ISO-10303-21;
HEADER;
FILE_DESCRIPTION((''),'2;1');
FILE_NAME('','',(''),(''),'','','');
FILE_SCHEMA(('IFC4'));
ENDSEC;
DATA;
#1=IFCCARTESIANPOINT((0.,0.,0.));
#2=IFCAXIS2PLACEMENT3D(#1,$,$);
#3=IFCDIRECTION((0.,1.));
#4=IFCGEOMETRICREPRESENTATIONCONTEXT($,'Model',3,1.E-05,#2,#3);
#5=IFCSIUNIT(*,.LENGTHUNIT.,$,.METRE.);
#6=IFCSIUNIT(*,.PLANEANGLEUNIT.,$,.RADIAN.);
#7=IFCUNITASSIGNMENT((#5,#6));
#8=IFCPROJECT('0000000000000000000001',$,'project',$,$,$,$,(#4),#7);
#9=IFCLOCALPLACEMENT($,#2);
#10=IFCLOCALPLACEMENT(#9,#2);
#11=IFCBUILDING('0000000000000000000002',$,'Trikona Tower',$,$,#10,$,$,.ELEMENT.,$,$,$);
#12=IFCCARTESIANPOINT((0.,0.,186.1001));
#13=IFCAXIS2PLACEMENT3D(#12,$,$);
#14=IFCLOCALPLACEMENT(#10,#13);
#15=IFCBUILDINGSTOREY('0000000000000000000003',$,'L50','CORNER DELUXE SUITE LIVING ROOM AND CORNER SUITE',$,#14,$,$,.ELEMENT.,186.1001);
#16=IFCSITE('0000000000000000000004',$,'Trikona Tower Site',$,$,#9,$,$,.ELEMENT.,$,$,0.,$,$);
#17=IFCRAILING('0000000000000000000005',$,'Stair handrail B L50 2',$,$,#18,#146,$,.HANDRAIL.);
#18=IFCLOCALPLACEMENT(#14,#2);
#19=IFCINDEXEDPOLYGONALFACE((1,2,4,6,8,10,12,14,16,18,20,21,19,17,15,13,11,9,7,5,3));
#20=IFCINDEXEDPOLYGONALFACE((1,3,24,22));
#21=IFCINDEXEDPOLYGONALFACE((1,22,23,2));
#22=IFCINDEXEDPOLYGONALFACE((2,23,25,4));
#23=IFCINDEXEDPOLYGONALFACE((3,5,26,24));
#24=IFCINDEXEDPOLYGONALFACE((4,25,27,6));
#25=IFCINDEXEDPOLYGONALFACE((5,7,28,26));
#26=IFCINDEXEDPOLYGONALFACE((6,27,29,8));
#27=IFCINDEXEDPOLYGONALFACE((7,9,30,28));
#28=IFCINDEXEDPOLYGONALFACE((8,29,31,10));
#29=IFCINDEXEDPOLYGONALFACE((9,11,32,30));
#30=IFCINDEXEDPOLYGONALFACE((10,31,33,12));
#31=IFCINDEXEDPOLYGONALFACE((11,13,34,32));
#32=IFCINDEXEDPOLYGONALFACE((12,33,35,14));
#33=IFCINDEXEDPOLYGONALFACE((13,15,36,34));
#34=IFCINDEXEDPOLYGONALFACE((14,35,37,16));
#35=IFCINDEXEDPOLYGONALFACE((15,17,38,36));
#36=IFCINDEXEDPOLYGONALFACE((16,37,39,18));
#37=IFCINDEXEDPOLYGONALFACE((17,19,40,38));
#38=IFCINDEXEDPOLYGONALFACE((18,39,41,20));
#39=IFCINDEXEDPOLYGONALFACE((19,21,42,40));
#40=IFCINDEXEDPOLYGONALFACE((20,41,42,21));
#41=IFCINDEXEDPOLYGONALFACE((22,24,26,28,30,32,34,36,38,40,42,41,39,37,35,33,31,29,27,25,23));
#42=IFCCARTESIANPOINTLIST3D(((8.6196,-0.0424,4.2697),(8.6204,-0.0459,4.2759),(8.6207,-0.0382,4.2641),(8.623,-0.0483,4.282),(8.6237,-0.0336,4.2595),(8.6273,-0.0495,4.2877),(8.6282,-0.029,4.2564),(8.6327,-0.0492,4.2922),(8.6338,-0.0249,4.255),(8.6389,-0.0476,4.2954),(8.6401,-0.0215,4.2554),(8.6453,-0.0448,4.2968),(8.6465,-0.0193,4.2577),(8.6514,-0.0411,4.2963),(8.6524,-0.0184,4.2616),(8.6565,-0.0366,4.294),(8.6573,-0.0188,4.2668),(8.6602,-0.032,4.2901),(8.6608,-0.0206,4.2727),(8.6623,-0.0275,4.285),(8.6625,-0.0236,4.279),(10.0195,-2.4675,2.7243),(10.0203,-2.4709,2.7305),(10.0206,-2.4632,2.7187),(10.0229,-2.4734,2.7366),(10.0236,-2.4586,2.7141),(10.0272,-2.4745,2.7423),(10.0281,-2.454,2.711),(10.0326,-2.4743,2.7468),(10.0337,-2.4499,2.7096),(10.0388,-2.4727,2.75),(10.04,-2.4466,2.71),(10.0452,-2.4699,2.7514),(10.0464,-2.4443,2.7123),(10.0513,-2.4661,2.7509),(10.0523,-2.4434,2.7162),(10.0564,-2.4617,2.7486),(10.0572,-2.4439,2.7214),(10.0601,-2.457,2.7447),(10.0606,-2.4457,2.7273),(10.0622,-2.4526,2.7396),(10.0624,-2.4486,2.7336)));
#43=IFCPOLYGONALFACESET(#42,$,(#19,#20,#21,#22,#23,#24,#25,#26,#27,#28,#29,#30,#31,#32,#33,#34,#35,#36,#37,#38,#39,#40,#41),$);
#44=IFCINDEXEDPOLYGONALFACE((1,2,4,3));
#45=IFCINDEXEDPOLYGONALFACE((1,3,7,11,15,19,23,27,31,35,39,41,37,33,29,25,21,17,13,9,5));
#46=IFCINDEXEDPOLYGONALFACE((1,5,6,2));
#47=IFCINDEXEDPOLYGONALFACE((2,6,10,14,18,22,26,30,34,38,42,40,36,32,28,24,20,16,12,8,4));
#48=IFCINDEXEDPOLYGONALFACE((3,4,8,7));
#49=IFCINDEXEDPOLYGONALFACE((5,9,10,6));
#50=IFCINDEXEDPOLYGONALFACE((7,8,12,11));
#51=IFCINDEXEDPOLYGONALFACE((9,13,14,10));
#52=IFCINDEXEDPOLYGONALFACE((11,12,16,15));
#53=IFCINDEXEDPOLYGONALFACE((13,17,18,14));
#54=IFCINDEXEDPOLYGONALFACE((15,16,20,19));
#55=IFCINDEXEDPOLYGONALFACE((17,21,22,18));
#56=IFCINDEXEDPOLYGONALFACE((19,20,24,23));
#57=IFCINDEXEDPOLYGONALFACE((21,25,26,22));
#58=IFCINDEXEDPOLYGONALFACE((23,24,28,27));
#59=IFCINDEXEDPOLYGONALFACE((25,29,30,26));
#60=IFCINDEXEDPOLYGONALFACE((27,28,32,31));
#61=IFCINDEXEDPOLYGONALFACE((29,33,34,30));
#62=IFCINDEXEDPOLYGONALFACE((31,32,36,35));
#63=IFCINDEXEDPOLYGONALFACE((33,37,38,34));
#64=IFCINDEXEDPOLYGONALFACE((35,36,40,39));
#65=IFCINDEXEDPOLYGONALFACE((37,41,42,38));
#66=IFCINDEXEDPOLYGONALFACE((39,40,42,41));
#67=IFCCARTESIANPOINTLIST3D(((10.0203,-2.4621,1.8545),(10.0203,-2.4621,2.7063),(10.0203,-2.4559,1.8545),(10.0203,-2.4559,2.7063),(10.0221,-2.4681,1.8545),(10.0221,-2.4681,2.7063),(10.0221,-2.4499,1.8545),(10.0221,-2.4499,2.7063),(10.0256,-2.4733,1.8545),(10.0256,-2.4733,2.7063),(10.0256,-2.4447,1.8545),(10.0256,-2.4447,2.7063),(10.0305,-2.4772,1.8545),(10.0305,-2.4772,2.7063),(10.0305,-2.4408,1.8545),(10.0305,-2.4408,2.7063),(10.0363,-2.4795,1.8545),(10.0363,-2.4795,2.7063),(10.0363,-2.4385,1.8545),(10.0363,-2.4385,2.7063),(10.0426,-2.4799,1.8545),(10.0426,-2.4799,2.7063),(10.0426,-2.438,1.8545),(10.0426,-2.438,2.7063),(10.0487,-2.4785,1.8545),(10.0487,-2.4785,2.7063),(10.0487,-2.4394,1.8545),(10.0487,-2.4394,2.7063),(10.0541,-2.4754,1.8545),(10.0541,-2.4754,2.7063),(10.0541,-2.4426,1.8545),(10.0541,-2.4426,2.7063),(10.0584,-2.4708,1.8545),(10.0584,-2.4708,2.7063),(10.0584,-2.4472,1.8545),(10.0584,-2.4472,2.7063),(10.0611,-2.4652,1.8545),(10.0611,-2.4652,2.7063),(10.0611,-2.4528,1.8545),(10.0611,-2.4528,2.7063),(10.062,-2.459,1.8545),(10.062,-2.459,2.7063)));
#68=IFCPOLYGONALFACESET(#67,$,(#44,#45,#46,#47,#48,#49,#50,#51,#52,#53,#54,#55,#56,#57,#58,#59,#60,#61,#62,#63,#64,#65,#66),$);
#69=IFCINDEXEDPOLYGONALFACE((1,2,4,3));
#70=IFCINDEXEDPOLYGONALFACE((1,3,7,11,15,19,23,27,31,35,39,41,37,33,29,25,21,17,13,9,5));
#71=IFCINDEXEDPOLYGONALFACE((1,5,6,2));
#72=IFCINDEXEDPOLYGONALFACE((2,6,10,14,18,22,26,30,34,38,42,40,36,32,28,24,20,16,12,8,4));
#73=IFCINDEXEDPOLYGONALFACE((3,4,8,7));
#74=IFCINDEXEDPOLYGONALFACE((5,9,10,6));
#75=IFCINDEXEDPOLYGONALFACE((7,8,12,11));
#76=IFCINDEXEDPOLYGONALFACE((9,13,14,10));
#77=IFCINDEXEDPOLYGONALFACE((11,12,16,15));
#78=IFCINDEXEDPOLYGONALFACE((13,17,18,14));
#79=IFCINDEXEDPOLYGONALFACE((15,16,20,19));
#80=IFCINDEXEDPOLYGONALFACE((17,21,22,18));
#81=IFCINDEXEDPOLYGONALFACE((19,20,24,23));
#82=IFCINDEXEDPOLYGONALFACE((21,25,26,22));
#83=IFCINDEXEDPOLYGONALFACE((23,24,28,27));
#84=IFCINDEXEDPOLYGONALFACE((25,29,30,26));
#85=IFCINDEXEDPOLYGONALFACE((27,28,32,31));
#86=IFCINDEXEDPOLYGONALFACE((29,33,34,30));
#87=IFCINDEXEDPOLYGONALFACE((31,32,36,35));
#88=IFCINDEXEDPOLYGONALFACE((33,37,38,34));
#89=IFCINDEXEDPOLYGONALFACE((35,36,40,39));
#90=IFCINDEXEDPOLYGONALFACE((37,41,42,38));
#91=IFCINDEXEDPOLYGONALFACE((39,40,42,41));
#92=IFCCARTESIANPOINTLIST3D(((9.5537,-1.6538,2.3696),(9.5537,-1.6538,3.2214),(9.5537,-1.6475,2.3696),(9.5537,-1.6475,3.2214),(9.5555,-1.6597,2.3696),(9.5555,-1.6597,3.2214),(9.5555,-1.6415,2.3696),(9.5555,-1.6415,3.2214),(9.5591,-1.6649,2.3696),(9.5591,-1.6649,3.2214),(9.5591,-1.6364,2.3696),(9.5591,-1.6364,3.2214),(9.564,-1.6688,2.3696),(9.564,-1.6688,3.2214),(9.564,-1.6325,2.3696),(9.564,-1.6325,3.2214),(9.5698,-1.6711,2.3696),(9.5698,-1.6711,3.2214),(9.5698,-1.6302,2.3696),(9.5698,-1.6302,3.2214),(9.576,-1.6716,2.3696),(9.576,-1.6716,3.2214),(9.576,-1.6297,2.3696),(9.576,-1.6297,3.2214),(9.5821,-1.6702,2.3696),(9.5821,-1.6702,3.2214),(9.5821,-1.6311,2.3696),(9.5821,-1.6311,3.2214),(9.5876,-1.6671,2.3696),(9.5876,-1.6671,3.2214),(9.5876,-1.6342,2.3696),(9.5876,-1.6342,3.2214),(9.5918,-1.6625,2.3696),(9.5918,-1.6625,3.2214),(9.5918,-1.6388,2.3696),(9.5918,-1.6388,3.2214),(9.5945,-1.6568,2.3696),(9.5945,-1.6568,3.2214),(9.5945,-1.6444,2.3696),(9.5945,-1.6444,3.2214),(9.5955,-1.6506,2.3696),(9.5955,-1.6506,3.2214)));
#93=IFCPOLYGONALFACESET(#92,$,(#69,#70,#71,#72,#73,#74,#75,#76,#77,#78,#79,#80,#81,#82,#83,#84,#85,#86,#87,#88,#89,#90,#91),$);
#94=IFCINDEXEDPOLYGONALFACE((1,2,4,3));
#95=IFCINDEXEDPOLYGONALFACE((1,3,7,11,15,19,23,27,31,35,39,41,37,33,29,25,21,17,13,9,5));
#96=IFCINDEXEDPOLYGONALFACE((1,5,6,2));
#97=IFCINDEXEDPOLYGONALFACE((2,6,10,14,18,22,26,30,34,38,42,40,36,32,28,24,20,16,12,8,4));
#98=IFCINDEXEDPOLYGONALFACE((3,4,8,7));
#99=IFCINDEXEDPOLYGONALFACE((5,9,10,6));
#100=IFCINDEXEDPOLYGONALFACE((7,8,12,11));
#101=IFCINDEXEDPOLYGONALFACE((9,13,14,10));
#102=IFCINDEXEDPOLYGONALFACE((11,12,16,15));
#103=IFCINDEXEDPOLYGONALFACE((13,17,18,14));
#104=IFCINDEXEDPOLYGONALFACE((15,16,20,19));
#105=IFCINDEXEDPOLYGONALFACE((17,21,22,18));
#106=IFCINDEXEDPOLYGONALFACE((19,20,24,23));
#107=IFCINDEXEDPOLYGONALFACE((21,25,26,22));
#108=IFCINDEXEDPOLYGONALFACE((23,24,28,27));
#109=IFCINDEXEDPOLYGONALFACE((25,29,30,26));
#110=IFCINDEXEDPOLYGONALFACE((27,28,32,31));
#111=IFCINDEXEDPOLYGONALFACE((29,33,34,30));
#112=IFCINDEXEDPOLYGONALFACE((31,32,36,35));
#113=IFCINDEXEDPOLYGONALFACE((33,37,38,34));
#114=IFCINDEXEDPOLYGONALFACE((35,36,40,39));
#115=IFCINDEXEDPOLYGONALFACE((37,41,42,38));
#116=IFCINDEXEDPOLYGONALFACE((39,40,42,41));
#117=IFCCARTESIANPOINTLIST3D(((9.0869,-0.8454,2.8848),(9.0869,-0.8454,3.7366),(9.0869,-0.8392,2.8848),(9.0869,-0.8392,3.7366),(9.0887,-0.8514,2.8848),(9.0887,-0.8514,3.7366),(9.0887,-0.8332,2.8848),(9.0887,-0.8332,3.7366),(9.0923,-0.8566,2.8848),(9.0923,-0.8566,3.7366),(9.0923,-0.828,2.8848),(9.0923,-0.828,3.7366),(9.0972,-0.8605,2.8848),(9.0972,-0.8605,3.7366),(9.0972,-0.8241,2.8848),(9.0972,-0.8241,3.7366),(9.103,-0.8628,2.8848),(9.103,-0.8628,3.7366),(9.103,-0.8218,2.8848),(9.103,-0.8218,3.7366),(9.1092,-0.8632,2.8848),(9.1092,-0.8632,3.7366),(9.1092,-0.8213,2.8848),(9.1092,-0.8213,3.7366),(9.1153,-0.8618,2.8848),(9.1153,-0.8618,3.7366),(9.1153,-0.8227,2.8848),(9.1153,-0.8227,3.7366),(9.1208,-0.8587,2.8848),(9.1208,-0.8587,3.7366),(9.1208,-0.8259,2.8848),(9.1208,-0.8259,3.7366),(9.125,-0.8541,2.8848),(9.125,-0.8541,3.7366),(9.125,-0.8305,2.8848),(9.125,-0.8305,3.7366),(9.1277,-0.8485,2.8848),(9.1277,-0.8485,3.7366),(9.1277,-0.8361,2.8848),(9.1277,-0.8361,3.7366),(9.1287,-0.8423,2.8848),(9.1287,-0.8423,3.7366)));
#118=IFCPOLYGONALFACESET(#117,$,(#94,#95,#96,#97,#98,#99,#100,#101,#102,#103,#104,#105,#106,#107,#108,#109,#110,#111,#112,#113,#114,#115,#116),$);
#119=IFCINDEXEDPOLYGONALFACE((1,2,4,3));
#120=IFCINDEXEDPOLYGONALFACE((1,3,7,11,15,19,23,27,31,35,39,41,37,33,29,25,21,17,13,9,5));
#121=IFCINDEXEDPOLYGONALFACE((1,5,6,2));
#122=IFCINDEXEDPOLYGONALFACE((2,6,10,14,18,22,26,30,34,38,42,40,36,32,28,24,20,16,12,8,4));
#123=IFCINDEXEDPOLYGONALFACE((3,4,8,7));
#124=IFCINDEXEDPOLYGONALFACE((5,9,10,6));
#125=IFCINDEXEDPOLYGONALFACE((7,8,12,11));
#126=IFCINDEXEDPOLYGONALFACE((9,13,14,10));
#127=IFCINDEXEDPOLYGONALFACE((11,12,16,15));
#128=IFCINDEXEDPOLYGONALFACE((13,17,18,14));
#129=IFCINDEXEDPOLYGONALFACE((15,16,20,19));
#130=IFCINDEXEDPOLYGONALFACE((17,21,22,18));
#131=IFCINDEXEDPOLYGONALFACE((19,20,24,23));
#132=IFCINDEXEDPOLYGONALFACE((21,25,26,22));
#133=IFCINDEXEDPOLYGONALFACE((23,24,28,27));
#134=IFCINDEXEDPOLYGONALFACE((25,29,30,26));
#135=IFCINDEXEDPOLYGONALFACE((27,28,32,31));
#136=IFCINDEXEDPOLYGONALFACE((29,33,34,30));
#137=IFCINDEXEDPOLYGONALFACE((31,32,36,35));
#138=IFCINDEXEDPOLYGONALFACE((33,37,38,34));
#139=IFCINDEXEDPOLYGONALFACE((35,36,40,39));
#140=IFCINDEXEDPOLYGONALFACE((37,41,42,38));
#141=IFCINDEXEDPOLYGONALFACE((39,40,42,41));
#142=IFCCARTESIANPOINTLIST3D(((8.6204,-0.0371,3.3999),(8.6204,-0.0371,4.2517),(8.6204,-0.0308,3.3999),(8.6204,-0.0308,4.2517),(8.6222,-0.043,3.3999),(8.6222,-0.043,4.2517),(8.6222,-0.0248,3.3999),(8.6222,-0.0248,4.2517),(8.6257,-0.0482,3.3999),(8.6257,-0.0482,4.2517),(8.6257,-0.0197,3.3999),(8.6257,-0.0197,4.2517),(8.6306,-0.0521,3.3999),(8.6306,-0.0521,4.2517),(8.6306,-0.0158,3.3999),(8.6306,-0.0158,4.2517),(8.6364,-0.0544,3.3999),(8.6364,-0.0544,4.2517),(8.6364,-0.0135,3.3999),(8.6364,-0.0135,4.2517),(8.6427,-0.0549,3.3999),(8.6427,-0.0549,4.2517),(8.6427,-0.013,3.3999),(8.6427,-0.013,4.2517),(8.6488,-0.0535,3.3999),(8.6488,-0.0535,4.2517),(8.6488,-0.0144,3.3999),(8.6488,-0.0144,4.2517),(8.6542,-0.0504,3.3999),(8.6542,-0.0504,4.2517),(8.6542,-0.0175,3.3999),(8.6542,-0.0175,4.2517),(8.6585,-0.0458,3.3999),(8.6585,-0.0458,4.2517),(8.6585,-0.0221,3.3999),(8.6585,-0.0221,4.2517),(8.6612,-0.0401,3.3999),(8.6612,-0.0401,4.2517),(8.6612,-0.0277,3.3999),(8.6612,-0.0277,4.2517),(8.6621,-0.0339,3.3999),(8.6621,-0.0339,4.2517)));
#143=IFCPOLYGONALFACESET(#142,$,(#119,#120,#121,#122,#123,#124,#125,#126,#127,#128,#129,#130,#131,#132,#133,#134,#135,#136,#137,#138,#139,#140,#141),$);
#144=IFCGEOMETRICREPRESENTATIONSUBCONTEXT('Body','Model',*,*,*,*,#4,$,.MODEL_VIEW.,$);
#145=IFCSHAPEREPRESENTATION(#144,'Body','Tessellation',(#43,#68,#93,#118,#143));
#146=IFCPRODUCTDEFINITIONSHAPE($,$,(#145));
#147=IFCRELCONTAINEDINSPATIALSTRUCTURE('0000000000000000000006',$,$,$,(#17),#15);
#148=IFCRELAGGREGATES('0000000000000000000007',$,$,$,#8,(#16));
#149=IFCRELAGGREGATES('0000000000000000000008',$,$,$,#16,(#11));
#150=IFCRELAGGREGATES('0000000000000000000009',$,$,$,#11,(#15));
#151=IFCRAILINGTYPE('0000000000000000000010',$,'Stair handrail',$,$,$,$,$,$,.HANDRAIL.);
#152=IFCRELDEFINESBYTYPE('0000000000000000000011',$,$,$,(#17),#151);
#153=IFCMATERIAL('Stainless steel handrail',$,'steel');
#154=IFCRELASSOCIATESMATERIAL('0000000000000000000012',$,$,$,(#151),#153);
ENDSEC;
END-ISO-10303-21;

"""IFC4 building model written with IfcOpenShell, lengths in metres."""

from ifc_helpers import new_model, si_unit, direction, frame, origin, origin_2d, place, context, subcontext, project, spatial, circle, extrude, material, type_object, element, save


model = new_model("IFC4")

# Units and contexts
model_context = context("Model", 3, precision=1e-05, world=origin(), true_north=direction((0.0, 1.0)))
body_context = subcontext(model_context, "Body", "Model", "MODEL_VIEW")
ifc_project = project(units=[si_unit("LENGTHUNIT", "METRE"), si_unit("PLANEANGLEUNIT", "RADIAN")], contexts=[model_context])

# Site, building, storey
site_placement = place(None, origin())
site = spatial("IfcSite", under=ifc_project, at=site_placement, Name="Trikona Tower Site", CompositionType="ELEMENT", RefElevation=0.0)
building_placement = place(site_placement, origin())
building = spatial("IfcBuilding", under=site, at=building_placement, Name="Trikona Tower", CompositionType="ELEMENT")
storey_placement = place(building_placement, frame((0.0, 0.0, 186.1001)))
storey = spatial("IfcBuildingStorey", under=building, at=storey_placement, Name="L50", Description="CORNER DELUXE SUITE LIVING ROOM AND CORNER SUITE", CompositionType="ELEMENT", Elevation=186.1001)

# Railing
ifc_material_1 = material(Name="Stainless steel handrail", Category="steel")
railing_type = type_object("IfcRailingType", Name="Stair handrail", PredefinedType="HANDRAIL", material=ifc_material_1)
railing_placement = place(storey_placement, frame((10.041, -2.459, 1.8545)))
element("IfcRailing", 1, at=railing_placement, inside=storey, type_object=railing_type, Name="Stair handrail B L50 2", PredefinedType="HANDRAIL", context=body_context, shape_type="SweptSolid", body=[
    extrude(circle(Radius=0.0239, at=origin_2d()), frame((0.0, 0.0, 0.876), z_axis=(-0.437707, 0.75824, 0.483203), x_axis=(-0.866056, -0.499946, 0.0)), (0.0, 0.0, 1.0), 3.1982),
    extrude(circle(Radius=0.021, at=origin_2d()), origin(), (0.0, 0.0, 1.0), 0.8518),
    extrude(circle(Radius=0.021, at=origin_2d()), frame((-0.4666, 0.8083, 0.5151)), (0.0, 0.0, 1.0), 0.8518),
    extrude(circle(Radius=0.021, at=origin_2d()), frame((-0.9333, 1.6167, 1.0303)), (0.0, 0.0, 1.0), 0.8518),
    extrude(circle(Radius=0.021, at=origin_2d()), frame((-1.3999, 2.425, 1.5454)), (0.0, 0.0, 1.0), 0.8518),
])

save(model, "model.ifc")
